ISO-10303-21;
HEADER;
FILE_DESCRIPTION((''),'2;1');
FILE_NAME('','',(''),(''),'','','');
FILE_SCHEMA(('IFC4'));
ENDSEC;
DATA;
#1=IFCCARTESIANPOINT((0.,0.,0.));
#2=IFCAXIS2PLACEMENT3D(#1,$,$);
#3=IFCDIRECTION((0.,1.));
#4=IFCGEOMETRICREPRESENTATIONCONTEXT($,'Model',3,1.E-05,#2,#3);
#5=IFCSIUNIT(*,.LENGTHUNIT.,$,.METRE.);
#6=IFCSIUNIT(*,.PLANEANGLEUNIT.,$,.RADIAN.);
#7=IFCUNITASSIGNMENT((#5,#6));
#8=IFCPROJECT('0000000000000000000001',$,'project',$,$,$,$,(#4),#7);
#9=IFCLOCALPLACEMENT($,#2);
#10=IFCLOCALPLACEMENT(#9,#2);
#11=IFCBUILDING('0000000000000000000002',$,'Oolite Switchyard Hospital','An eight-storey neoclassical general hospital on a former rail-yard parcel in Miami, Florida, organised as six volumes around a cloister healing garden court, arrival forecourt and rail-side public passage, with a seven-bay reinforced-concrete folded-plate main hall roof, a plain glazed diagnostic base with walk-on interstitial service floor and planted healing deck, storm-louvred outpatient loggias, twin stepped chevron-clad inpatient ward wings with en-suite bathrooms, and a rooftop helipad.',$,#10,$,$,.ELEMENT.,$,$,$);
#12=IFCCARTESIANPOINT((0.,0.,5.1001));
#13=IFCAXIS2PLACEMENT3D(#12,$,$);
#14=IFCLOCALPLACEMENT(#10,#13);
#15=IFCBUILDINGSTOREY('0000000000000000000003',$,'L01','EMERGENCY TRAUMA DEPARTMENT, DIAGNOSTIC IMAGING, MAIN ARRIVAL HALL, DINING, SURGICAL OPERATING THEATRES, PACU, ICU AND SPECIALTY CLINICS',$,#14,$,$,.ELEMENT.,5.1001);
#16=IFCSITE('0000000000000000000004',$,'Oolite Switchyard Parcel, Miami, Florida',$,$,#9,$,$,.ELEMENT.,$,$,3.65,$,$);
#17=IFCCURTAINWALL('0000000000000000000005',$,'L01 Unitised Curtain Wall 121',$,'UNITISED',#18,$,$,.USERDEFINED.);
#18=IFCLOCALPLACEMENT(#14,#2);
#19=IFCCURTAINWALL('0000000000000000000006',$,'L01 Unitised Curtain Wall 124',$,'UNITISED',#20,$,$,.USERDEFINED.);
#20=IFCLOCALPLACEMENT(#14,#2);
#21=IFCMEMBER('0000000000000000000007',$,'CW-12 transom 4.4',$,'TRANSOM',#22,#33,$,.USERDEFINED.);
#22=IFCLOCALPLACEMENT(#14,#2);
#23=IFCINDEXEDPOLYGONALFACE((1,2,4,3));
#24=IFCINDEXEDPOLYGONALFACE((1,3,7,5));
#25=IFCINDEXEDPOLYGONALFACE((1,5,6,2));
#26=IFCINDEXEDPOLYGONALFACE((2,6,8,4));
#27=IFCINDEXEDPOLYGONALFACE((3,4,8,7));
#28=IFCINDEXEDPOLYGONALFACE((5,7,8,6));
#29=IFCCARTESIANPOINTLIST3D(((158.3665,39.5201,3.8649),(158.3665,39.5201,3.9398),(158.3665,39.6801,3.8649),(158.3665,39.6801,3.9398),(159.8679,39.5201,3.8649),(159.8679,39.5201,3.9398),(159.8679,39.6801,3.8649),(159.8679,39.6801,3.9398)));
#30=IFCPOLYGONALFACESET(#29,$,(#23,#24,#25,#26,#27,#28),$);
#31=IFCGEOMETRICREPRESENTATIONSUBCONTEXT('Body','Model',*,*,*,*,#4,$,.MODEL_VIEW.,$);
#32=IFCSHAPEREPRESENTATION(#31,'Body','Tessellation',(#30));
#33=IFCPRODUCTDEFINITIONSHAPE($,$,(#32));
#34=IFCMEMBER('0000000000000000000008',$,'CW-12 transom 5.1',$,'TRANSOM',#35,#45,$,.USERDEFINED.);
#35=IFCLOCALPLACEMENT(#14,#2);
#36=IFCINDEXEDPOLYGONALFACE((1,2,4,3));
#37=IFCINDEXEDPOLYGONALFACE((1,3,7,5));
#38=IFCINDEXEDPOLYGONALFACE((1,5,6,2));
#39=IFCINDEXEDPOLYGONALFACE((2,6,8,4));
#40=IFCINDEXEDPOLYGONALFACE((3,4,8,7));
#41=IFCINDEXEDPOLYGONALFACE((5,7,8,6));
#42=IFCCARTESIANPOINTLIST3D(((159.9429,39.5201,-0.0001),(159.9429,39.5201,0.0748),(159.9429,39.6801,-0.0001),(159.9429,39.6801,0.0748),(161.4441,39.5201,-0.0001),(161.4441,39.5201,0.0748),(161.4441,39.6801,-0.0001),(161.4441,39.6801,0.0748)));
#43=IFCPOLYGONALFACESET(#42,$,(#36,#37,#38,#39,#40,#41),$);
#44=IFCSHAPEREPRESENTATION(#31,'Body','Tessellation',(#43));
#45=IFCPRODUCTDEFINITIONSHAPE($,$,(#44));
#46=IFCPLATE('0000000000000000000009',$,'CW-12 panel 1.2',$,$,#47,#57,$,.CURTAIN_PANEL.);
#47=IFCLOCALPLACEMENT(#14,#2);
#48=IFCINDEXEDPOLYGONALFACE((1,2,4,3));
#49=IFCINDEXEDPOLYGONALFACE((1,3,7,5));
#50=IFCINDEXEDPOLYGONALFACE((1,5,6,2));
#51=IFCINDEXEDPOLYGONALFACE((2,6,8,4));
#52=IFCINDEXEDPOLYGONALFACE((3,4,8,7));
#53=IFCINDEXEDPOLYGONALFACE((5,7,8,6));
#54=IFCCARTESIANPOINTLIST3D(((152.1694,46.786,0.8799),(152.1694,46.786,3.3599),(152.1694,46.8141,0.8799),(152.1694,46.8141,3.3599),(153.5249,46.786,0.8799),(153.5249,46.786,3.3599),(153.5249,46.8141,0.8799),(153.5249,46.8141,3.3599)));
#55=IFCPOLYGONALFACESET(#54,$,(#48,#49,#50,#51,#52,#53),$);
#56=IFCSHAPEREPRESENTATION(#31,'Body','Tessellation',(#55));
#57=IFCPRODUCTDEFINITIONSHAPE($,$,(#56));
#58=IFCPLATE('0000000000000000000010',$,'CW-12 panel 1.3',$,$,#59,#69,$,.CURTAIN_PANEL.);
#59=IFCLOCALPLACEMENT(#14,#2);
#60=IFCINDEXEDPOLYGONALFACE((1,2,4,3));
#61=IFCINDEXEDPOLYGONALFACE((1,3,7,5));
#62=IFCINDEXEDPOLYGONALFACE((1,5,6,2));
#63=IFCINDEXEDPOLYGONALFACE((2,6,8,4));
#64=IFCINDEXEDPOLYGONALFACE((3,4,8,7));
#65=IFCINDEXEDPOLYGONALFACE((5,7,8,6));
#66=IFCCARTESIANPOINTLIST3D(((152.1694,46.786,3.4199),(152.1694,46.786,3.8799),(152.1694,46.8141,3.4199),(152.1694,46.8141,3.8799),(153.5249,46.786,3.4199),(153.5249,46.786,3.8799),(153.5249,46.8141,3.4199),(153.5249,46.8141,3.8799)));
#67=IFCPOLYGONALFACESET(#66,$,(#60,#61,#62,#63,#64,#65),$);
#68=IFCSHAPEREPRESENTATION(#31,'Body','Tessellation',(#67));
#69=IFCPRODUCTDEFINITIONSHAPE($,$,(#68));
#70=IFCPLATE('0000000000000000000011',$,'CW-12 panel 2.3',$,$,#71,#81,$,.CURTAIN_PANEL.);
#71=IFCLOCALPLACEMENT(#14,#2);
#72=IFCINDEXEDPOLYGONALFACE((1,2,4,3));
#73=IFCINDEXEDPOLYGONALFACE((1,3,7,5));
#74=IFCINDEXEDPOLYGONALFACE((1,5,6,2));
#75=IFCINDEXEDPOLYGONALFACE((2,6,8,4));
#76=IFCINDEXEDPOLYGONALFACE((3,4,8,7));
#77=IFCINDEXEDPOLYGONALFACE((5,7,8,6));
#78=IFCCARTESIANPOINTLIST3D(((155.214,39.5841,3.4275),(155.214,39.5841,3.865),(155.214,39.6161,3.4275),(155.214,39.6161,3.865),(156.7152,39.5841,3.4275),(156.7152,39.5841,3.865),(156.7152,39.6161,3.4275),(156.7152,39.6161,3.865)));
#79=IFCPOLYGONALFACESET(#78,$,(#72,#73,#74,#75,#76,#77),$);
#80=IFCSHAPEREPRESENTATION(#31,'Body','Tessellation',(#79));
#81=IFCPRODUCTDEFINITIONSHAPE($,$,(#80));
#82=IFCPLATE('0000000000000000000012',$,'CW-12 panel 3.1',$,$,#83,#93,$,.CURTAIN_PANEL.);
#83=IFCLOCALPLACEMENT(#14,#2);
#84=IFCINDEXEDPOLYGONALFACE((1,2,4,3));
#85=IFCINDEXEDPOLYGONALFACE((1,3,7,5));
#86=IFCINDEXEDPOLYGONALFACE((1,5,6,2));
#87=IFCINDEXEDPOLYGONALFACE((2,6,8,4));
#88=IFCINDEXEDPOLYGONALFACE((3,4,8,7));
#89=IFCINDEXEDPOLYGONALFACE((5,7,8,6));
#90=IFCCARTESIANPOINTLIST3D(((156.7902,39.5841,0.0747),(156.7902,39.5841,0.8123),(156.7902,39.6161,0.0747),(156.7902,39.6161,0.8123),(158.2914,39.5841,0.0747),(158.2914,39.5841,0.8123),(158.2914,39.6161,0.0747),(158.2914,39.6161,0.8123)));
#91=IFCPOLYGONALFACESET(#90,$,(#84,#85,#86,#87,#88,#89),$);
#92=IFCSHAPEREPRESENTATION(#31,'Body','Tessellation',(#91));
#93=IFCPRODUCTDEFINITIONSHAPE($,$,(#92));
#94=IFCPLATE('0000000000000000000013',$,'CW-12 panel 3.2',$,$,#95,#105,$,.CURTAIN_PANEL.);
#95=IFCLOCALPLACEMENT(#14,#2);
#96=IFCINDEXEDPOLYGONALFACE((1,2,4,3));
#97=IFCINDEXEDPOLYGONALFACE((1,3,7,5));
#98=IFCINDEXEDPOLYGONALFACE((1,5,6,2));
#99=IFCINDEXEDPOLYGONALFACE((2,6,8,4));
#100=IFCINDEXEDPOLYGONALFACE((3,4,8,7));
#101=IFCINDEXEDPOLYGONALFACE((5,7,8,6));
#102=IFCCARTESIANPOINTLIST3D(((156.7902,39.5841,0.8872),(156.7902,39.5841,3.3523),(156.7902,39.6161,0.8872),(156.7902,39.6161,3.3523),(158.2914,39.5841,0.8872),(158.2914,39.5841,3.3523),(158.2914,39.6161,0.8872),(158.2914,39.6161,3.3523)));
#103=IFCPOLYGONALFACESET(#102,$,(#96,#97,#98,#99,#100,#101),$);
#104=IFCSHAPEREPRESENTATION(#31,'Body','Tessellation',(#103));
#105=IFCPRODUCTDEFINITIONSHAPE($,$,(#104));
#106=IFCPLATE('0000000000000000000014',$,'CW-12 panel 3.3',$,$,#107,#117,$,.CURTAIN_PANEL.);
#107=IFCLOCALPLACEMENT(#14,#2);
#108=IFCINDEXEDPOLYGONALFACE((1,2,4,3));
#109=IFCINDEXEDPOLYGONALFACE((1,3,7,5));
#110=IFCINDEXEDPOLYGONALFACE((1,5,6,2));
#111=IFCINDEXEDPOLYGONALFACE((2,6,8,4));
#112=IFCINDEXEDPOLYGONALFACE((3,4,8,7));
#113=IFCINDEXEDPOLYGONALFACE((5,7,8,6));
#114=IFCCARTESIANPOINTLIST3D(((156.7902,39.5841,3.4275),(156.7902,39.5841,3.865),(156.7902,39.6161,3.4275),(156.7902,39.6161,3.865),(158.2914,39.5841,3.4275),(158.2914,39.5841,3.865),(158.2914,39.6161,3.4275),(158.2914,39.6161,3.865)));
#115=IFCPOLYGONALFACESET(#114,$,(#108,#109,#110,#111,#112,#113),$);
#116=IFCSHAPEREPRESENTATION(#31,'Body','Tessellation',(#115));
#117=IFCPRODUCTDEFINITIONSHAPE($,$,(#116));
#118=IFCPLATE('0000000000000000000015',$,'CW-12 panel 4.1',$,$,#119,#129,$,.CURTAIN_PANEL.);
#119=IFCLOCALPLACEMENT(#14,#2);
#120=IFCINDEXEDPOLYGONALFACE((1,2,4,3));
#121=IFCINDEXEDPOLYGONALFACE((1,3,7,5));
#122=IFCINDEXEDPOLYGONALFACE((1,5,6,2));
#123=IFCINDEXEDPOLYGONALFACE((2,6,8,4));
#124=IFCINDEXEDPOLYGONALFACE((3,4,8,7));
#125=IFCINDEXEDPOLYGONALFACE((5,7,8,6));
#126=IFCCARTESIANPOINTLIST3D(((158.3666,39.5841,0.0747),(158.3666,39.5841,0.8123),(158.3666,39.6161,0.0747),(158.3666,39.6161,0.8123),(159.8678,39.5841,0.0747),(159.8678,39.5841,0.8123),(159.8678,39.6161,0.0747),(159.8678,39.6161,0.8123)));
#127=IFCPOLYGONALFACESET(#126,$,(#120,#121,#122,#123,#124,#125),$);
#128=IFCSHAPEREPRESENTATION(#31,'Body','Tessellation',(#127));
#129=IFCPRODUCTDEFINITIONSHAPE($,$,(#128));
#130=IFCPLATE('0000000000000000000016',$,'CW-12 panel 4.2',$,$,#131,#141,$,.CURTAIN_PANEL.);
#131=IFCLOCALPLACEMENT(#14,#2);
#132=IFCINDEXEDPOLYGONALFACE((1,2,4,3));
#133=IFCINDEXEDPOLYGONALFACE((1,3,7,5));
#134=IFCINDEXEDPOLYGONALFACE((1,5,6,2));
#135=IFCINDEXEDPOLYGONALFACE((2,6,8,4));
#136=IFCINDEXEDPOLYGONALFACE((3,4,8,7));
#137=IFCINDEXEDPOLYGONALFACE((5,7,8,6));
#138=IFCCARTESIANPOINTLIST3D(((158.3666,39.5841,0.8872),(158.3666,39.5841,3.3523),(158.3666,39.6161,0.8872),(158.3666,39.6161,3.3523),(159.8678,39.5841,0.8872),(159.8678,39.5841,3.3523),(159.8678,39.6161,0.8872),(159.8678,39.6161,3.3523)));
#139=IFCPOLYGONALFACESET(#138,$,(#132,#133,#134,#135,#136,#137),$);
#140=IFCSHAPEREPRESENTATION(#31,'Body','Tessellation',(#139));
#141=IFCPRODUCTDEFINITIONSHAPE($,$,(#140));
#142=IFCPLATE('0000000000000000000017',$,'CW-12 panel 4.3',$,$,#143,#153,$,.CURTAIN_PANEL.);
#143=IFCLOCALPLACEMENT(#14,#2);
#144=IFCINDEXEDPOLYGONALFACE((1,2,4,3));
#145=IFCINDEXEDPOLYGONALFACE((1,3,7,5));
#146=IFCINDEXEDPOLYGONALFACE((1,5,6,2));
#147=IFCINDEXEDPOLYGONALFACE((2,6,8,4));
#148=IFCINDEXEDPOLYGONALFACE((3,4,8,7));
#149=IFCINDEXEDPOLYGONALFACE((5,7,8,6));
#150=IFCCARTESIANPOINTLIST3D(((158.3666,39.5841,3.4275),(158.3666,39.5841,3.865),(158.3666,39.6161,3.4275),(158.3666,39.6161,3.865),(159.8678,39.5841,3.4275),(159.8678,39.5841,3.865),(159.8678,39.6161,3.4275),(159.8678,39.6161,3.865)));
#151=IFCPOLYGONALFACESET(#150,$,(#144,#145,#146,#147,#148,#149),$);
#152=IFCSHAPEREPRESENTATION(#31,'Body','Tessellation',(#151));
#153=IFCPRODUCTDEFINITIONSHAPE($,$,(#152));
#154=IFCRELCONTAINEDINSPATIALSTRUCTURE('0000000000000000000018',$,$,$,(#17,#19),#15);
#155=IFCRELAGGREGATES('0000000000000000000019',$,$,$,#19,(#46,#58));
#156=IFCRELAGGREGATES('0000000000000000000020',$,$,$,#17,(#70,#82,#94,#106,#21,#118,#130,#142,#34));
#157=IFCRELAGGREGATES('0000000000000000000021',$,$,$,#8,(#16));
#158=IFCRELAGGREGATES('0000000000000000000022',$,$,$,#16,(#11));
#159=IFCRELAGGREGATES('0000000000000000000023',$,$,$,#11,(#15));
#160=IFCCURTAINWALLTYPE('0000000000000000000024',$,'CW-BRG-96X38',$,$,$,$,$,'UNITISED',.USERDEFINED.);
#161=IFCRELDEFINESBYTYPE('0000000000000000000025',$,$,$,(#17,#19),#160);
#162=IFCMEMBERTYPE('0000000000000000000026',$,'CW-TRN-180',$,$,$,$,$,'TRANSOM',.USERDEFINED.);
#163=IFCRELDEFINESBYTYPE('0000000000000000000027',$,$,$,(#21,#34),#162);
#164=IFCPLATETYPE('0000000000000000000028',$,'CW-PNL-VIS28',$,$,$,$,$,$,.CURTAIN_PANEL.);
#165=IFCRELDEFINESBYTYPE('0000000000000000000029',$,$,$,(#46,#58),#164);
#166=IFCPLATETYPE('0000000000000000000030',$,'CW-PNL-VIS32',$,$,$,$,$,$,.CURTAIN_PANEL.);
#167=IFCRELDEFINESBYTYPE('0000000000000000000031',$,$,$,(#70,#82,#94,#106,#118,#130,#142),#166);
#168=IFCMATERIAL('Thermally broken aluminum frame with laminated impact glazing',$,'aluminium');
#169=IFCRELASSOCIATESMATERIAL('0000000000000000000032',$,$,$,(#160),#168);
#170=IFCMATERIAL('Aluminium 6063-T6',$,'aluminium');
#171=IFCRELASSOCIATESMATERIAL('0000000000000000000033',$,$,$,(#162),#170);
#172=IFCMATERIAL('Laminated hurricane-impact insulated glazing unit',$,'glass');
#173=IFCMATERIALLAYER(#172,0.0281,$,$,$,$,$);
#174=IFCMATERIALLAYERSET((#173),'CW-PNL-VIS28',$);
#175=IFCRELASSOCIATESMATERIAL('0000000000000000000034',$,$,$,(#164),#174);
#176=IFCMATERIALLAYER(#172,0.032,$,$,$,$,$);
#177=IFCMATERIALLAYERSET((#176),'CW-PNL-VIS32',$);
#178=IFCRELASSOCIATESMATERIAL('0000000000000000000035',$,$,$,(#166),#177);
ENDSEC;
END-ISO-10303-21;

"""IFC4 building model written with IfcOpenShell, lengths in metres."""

from ifc_helpers import new_model, si_unit, direction, frame, origin, origin_2d, place, context, subcontext, project, spatial, rectangle, extrude, material, layer, layer_set, material_profile, profile_set, type_object, element, aggregate, save


model = new_model("IFC4")

# Units and contexts
model_context = context("Model", 3, precision=1e-05, world=origin(), true_north=direction((0.0, 1.0)))
body_context = subcontext(model_context, "Body", "Model", "MODEL_VIEW")
ifc_project = project(units=[si_unit("LENGTHUNIT", "METRE"), si_unit("PLANEANGLEUNIT", "RADIAN")], contexts=[model_context])

# Site, building, storey
site_placement = place(None, origin())
site = spatial("IfcSite", under=ifc_project, at=site_placement, Name="Oolite Switchyard Parcel, Miami, Florida", CompositionType="ELEMENT", RefElevation=3.65)
building_placement = place(site_placement, origin())
building = spatial("IfcBuilding", under=site, at=building_placement, Name="Oolite Switchyard Hospital", Description="An eight-storey neoclassical general hospital on a former rail-yard parcel in Miami, Florida, organised as six volumes around a cloister healing garden court, arrival forecourt and rail-side public passage, with a seven-bay reinforced-concrete folded-plate main hall roof, a plain glazed diagnostic base with walk-on interstitial service floor and planted healing deck, storm-louvred outpatient loggias, twin stepped chevron-clad inpatient ward wings with en-suite bathrooms, and a rooftop helipad.", CompositionType="ELEMENT")
storey_placement = place(building_placement, frame((0.0, 0.0, 5.1001)))
storey = spatial("IfcBuildingStorey", under=building, at=storey_placement, Name="L01", Description="EMERGENCY TRAUMA DEPARTMENT, DIAGNOSTIC IMAGING, MAIN ARRIVAL HALL, DINING, SURGICAL OPERATING THEATRES, PACU, ICU AND SPECIALTY CLINICS", CompositionType="ELEMENT", Elevation=5.1001)

# Curtain walls
ifc_material_1 = material(Name="Thermally broken aluminum frame with laminated impact glazing", Category="aluminium")
curtain_wall_type = type_object("IfcCurtainWallType", Name="CW-BRG-96X38", ElementType="UNITISED", PredefinedType="USERDEFINED", material=ifc_material_1)
curtain_wall_1_placement = place(storey_placement, origin())
curtain_wall_1 = element("IfcCurtainWall", 1, at=curtain_wall_1_placement, inside=storey, type_object=curtain_wall_type, Name="L01 Unitised Curtain Wall 121", ObjectType="UNITISED", PredefinedType="USERDEFINED")
ifc_material_2 = material(Name="Aluminium 6063-T6", Category="aluminium")
curtain_wall_2_placement = place(storey_placement, origin())
curtain_wall_2 = element("IfcCurtainWall", 2, at=curtain_wall_2_placement, inside=storey, type_object=curtain_wall_type, Name="L01 Unitised Curtain Wall 124", ObjectType="UNITISED", PredefinedType="USERDEFINED")

# Members
ifc_material_profile_1 = material_profile(ifc_material_2, rectangle(XDim=0.1599, YDim=0.075, at=origin_2d()), Name="CWT75X160")
ifc_profile_set_1 = profile_set([ifc_material_profile_1], Name="Aluminium 6063-T6")
member_type_1 = type_object("IfcMemberType", Name="CW-TRN-180", ElementType="TRANSOM", PredefinedType="USERDEFINED", material=ifc_profile_set_1)
member_1_placement = place(storey_placement, frame((158.3665, 39.6001, 3.9023), z_axis=(1.0, 0.0, 0.0), x_axis=(0.0, 1.0, 0.0)))
member_1 = element("IfcMember", 3, at=member_1_placement, type_object=member_type_1, Name="CW-12 transom 4.4", ObjectType="TRANSOM", PredefinedType="USERDEFINED", context=body_context, shape_type="SweptSolid", body=[
    extrude(rectangle(XDim=0.1599, YDim=0.075, at=origin_2d()), origin(), (0.0, 0.0, 1.0), 1.5015),
])
member_2_placement = place(storey_placement, frame((159.9429, 39.6001, 0.0374), z_axis=(1.0, 0.0, 0.0), x_axis=(0.0, 1.0, 0.0)))
member_2 = element("IfcMember", 4, at=member_2_placement, type_object=member_type_1, Name="CW-12 transom 5.1", ObjectType="TRANSOM", PredefinedType="USERDEFINED", context=body_context, shape_type="SweptSolid", body=[
    extrude(rectangle(XDim=0.1599, YDim=0.075, at=origin_2d()), origin(), (0.0, 0.0, 1.0), 1.5012),
])

# Plates
ifc_material_3 = material(Name="Laminated hurricane-impact insulated glazing unit", Category="glass")
ifc_layer_1 = layer(ifc_material_3, 0.0281)
ifc_layer_set_1 = layer_set([ifc_layer_1], Name="CW-PNL-VIS28")
plate_type_1 = type_object("IfcPlateType", Name="CW-PNL-VIS28", PredefinedType="CURTAIN_PANEL", material=ifc_layer_set_1)
plate_1_placement = place(storey_placement, frame((152.8472, 46.8, 0.8799), z_axis=(0.0, 0.0, 1.0), x_axis=(-1.0, 0.0, 0.0)))
plate_1 = element("IfcPlate", 5, at=plate_1_placement, type_object=plate_type_1, Name="CW-12 panel 1.2", PredefinedType="CURTAIN_PANEL", context=body_context, shape_type="SweptSolid", body=[
    extrude(rectangle(XDim=1.3555, YDim=0.0281, at=origin_2d()), origin(), (0.0, 0.0, 1.0), 2.48),
])
plate_2_placement = place(storey_placement, frame((152.8472, 46.8, 3.4199), z_axis=(0.0, 0.0, 1.0), x_axis=(-1.0, 0.0, 0.0)))
plate_2 = element("IfcPlate", 6, at=plate_2_placement, type_object=plate_type_1, Name="CW-12 panel 1.3", PredefinedType="CURTAIN_PANEL", context=body_context, shape_type="SweptSolid", body=[
    extrude(rectangle(XDim=1.3555, YDim=0.0281, at=origin_2d()), origin(), (0.0, 0.0, 1.0), 0.46),
])
aggregate(curtain_wall_2, [plate_1, plate_2])
ifc_layer_2 = layer(ifc_material_3, 0.032)
ifc_layer_set_2 = layer_set([ifc_layer_2], Name="CW-PNL-VIS32")
plate_type_2 = type_object("IfcPlateType", Name="CW-PNL-VIS32", PredefinedType="CURTAIN_PANEL", material=ifc_layer_set_2)
plate_3_placement = place(storey_placement, frame((155.9646, 39.6001, 3.4275), z_axis=(0.0, 0.0, 1.0), x_axis=(1.0, 0.0, 0.0)))
plate_3 = element("IfcPlate", 7, at=plate_3_placement, type_object=plate_type_2, Name="CW-12 panel 2.3", PredefinedType="CURTAIN_PANEL", context=body_context, shape_type="SweptSolid", body=[
    extrude(rectangle(XDim=1.5012, YDim=0.032, at=origin_2d()), origin(), (0.0, 0.0, 1.0), 0.4375),
])
plate_4_placement = place(storey_placement, frame((157.5408, 39.6001, 0.0747), z_axis=(0.0, 0.0, 1.0), x_axis=(1.0, 0.0, 0.0)))
plate_4 = element("IfcPlate", 8, at=plate_4_placement, type_object=plate_type_2, Name="CW-12 panel 3.1", PredefinedType="CURTAIN_PANEL", context=body_context, shape_type="SweptSolid", body=[
    extrude(rectangle(XDim=1.5012, YDim=0.032, at=origin_2d()), origin(), (0.0, 0.0, 1.0), 0.7375),
])
plate_5_placement = place(storey_placement, frame((157.5408, 39.6001, 0.8872), z_axis=(0.0, 0.0, 1.0), x_axis=(1.0, 0.0, 0.0)))
plate_5 = element("IfcPlate", 9, at=plate_5_placement, type_object=plate_type_2, Name="CW-12 panel 3.2", PredefinedType="CURTAIN_PANEL", context=body_context, shape_type="SweptSolid", body=[
    extrude(rectangle(XDim=1.5012, YDim=0.032, at=origin_2d()), origin(), (0.0, 0.0, 1.0), 2.4651),
])
plate_6_placement = place(storey_placement, frame((157.5408, 39.6001, 3.4275), z_axis=(0.0, 0.0, 1.0), x_axis=(1.0, 0.0, 0.0)))
plate_6 = element("IfcPlate", 10, at=plate_6_placement, type_object=plate_type_2, Name="CW-12 panel 3.3", PredefinedType="CURTAIN_PANEL", context=body_context, shape_type="SweptSolid", body=[
    extrude(rectangle(XDim=1.5012, YDim=0.032, at=origin_2d()), origin(), (0.0, 0.0, 1.0), 0.4375),
])
plate_7_placement = place(storey_placement, frame((159.1172, 39.6001, 0.0747), z_axis=(0.0, 0.0, 1.0), x_axis=(1.0, 0.0, 0.0)))
plate_7 = element("IfcPlate", 11, at=plate_7_placement, type_object=plate_type_2, Name="CW-12 panel 4.1", PredefinedType="CURTAIN_PANEL", context=body_context, shape_type="SweptSolid", body=[
    extrude(rectangle(XDim=1.5012, YDim=0.032, at=origin_2d()), origin(), (0.0, 0.0, 1.0), 0.7375),
])
plate_8_placement = place(storey_placement, frame((159.1172, 39.6001, 0.8872), z_axis=(0.0, 0.0, 1.0), x_axis=(1.0, 0.0, 0.0)))
plate_8 = element("IfcPlate", 12, at=plate_8_placement, type_object=plate_type_2, Name="CW-12 panel 4.2", PredefinedType="CURTAIN_PANEL", context=body_context, shape_type="SweptSolid", body=[
    extrude(rectangle(XDim=1.5012, YDim=0.032, at=origin_2d()), origin(), (0.0, 0.0, 1.0), 2.4651),
])
plate_9_placement = place(storey_placement, frame((159.1172, 39.6001, 3.4275), z_axis=(0.0, 0.0, 1.0), x_axis=(1.0, 0.0, 0.0)))
plate_9 = element("IfcPlate", 13, at=plate_9_placement, type_object=plate_type_2, Name="CW-12 panel 4.3", PredefinedType="CURTAIN_PANEL", context=body_context, shape_type="SweptSolid", body=[
    extrude(rectangle(XDim=1.5012, YDim=0.032, at=origin_2d()), origin(), (0.0, 0.0, 1.0), 0.4375),
])
aggregate(curtain_wall_1, [plate_3, plate_4, plate_5, plate_6, member_1, plate_7, plate_8, plate_9, member_2])

save(model, "model.ifc")
